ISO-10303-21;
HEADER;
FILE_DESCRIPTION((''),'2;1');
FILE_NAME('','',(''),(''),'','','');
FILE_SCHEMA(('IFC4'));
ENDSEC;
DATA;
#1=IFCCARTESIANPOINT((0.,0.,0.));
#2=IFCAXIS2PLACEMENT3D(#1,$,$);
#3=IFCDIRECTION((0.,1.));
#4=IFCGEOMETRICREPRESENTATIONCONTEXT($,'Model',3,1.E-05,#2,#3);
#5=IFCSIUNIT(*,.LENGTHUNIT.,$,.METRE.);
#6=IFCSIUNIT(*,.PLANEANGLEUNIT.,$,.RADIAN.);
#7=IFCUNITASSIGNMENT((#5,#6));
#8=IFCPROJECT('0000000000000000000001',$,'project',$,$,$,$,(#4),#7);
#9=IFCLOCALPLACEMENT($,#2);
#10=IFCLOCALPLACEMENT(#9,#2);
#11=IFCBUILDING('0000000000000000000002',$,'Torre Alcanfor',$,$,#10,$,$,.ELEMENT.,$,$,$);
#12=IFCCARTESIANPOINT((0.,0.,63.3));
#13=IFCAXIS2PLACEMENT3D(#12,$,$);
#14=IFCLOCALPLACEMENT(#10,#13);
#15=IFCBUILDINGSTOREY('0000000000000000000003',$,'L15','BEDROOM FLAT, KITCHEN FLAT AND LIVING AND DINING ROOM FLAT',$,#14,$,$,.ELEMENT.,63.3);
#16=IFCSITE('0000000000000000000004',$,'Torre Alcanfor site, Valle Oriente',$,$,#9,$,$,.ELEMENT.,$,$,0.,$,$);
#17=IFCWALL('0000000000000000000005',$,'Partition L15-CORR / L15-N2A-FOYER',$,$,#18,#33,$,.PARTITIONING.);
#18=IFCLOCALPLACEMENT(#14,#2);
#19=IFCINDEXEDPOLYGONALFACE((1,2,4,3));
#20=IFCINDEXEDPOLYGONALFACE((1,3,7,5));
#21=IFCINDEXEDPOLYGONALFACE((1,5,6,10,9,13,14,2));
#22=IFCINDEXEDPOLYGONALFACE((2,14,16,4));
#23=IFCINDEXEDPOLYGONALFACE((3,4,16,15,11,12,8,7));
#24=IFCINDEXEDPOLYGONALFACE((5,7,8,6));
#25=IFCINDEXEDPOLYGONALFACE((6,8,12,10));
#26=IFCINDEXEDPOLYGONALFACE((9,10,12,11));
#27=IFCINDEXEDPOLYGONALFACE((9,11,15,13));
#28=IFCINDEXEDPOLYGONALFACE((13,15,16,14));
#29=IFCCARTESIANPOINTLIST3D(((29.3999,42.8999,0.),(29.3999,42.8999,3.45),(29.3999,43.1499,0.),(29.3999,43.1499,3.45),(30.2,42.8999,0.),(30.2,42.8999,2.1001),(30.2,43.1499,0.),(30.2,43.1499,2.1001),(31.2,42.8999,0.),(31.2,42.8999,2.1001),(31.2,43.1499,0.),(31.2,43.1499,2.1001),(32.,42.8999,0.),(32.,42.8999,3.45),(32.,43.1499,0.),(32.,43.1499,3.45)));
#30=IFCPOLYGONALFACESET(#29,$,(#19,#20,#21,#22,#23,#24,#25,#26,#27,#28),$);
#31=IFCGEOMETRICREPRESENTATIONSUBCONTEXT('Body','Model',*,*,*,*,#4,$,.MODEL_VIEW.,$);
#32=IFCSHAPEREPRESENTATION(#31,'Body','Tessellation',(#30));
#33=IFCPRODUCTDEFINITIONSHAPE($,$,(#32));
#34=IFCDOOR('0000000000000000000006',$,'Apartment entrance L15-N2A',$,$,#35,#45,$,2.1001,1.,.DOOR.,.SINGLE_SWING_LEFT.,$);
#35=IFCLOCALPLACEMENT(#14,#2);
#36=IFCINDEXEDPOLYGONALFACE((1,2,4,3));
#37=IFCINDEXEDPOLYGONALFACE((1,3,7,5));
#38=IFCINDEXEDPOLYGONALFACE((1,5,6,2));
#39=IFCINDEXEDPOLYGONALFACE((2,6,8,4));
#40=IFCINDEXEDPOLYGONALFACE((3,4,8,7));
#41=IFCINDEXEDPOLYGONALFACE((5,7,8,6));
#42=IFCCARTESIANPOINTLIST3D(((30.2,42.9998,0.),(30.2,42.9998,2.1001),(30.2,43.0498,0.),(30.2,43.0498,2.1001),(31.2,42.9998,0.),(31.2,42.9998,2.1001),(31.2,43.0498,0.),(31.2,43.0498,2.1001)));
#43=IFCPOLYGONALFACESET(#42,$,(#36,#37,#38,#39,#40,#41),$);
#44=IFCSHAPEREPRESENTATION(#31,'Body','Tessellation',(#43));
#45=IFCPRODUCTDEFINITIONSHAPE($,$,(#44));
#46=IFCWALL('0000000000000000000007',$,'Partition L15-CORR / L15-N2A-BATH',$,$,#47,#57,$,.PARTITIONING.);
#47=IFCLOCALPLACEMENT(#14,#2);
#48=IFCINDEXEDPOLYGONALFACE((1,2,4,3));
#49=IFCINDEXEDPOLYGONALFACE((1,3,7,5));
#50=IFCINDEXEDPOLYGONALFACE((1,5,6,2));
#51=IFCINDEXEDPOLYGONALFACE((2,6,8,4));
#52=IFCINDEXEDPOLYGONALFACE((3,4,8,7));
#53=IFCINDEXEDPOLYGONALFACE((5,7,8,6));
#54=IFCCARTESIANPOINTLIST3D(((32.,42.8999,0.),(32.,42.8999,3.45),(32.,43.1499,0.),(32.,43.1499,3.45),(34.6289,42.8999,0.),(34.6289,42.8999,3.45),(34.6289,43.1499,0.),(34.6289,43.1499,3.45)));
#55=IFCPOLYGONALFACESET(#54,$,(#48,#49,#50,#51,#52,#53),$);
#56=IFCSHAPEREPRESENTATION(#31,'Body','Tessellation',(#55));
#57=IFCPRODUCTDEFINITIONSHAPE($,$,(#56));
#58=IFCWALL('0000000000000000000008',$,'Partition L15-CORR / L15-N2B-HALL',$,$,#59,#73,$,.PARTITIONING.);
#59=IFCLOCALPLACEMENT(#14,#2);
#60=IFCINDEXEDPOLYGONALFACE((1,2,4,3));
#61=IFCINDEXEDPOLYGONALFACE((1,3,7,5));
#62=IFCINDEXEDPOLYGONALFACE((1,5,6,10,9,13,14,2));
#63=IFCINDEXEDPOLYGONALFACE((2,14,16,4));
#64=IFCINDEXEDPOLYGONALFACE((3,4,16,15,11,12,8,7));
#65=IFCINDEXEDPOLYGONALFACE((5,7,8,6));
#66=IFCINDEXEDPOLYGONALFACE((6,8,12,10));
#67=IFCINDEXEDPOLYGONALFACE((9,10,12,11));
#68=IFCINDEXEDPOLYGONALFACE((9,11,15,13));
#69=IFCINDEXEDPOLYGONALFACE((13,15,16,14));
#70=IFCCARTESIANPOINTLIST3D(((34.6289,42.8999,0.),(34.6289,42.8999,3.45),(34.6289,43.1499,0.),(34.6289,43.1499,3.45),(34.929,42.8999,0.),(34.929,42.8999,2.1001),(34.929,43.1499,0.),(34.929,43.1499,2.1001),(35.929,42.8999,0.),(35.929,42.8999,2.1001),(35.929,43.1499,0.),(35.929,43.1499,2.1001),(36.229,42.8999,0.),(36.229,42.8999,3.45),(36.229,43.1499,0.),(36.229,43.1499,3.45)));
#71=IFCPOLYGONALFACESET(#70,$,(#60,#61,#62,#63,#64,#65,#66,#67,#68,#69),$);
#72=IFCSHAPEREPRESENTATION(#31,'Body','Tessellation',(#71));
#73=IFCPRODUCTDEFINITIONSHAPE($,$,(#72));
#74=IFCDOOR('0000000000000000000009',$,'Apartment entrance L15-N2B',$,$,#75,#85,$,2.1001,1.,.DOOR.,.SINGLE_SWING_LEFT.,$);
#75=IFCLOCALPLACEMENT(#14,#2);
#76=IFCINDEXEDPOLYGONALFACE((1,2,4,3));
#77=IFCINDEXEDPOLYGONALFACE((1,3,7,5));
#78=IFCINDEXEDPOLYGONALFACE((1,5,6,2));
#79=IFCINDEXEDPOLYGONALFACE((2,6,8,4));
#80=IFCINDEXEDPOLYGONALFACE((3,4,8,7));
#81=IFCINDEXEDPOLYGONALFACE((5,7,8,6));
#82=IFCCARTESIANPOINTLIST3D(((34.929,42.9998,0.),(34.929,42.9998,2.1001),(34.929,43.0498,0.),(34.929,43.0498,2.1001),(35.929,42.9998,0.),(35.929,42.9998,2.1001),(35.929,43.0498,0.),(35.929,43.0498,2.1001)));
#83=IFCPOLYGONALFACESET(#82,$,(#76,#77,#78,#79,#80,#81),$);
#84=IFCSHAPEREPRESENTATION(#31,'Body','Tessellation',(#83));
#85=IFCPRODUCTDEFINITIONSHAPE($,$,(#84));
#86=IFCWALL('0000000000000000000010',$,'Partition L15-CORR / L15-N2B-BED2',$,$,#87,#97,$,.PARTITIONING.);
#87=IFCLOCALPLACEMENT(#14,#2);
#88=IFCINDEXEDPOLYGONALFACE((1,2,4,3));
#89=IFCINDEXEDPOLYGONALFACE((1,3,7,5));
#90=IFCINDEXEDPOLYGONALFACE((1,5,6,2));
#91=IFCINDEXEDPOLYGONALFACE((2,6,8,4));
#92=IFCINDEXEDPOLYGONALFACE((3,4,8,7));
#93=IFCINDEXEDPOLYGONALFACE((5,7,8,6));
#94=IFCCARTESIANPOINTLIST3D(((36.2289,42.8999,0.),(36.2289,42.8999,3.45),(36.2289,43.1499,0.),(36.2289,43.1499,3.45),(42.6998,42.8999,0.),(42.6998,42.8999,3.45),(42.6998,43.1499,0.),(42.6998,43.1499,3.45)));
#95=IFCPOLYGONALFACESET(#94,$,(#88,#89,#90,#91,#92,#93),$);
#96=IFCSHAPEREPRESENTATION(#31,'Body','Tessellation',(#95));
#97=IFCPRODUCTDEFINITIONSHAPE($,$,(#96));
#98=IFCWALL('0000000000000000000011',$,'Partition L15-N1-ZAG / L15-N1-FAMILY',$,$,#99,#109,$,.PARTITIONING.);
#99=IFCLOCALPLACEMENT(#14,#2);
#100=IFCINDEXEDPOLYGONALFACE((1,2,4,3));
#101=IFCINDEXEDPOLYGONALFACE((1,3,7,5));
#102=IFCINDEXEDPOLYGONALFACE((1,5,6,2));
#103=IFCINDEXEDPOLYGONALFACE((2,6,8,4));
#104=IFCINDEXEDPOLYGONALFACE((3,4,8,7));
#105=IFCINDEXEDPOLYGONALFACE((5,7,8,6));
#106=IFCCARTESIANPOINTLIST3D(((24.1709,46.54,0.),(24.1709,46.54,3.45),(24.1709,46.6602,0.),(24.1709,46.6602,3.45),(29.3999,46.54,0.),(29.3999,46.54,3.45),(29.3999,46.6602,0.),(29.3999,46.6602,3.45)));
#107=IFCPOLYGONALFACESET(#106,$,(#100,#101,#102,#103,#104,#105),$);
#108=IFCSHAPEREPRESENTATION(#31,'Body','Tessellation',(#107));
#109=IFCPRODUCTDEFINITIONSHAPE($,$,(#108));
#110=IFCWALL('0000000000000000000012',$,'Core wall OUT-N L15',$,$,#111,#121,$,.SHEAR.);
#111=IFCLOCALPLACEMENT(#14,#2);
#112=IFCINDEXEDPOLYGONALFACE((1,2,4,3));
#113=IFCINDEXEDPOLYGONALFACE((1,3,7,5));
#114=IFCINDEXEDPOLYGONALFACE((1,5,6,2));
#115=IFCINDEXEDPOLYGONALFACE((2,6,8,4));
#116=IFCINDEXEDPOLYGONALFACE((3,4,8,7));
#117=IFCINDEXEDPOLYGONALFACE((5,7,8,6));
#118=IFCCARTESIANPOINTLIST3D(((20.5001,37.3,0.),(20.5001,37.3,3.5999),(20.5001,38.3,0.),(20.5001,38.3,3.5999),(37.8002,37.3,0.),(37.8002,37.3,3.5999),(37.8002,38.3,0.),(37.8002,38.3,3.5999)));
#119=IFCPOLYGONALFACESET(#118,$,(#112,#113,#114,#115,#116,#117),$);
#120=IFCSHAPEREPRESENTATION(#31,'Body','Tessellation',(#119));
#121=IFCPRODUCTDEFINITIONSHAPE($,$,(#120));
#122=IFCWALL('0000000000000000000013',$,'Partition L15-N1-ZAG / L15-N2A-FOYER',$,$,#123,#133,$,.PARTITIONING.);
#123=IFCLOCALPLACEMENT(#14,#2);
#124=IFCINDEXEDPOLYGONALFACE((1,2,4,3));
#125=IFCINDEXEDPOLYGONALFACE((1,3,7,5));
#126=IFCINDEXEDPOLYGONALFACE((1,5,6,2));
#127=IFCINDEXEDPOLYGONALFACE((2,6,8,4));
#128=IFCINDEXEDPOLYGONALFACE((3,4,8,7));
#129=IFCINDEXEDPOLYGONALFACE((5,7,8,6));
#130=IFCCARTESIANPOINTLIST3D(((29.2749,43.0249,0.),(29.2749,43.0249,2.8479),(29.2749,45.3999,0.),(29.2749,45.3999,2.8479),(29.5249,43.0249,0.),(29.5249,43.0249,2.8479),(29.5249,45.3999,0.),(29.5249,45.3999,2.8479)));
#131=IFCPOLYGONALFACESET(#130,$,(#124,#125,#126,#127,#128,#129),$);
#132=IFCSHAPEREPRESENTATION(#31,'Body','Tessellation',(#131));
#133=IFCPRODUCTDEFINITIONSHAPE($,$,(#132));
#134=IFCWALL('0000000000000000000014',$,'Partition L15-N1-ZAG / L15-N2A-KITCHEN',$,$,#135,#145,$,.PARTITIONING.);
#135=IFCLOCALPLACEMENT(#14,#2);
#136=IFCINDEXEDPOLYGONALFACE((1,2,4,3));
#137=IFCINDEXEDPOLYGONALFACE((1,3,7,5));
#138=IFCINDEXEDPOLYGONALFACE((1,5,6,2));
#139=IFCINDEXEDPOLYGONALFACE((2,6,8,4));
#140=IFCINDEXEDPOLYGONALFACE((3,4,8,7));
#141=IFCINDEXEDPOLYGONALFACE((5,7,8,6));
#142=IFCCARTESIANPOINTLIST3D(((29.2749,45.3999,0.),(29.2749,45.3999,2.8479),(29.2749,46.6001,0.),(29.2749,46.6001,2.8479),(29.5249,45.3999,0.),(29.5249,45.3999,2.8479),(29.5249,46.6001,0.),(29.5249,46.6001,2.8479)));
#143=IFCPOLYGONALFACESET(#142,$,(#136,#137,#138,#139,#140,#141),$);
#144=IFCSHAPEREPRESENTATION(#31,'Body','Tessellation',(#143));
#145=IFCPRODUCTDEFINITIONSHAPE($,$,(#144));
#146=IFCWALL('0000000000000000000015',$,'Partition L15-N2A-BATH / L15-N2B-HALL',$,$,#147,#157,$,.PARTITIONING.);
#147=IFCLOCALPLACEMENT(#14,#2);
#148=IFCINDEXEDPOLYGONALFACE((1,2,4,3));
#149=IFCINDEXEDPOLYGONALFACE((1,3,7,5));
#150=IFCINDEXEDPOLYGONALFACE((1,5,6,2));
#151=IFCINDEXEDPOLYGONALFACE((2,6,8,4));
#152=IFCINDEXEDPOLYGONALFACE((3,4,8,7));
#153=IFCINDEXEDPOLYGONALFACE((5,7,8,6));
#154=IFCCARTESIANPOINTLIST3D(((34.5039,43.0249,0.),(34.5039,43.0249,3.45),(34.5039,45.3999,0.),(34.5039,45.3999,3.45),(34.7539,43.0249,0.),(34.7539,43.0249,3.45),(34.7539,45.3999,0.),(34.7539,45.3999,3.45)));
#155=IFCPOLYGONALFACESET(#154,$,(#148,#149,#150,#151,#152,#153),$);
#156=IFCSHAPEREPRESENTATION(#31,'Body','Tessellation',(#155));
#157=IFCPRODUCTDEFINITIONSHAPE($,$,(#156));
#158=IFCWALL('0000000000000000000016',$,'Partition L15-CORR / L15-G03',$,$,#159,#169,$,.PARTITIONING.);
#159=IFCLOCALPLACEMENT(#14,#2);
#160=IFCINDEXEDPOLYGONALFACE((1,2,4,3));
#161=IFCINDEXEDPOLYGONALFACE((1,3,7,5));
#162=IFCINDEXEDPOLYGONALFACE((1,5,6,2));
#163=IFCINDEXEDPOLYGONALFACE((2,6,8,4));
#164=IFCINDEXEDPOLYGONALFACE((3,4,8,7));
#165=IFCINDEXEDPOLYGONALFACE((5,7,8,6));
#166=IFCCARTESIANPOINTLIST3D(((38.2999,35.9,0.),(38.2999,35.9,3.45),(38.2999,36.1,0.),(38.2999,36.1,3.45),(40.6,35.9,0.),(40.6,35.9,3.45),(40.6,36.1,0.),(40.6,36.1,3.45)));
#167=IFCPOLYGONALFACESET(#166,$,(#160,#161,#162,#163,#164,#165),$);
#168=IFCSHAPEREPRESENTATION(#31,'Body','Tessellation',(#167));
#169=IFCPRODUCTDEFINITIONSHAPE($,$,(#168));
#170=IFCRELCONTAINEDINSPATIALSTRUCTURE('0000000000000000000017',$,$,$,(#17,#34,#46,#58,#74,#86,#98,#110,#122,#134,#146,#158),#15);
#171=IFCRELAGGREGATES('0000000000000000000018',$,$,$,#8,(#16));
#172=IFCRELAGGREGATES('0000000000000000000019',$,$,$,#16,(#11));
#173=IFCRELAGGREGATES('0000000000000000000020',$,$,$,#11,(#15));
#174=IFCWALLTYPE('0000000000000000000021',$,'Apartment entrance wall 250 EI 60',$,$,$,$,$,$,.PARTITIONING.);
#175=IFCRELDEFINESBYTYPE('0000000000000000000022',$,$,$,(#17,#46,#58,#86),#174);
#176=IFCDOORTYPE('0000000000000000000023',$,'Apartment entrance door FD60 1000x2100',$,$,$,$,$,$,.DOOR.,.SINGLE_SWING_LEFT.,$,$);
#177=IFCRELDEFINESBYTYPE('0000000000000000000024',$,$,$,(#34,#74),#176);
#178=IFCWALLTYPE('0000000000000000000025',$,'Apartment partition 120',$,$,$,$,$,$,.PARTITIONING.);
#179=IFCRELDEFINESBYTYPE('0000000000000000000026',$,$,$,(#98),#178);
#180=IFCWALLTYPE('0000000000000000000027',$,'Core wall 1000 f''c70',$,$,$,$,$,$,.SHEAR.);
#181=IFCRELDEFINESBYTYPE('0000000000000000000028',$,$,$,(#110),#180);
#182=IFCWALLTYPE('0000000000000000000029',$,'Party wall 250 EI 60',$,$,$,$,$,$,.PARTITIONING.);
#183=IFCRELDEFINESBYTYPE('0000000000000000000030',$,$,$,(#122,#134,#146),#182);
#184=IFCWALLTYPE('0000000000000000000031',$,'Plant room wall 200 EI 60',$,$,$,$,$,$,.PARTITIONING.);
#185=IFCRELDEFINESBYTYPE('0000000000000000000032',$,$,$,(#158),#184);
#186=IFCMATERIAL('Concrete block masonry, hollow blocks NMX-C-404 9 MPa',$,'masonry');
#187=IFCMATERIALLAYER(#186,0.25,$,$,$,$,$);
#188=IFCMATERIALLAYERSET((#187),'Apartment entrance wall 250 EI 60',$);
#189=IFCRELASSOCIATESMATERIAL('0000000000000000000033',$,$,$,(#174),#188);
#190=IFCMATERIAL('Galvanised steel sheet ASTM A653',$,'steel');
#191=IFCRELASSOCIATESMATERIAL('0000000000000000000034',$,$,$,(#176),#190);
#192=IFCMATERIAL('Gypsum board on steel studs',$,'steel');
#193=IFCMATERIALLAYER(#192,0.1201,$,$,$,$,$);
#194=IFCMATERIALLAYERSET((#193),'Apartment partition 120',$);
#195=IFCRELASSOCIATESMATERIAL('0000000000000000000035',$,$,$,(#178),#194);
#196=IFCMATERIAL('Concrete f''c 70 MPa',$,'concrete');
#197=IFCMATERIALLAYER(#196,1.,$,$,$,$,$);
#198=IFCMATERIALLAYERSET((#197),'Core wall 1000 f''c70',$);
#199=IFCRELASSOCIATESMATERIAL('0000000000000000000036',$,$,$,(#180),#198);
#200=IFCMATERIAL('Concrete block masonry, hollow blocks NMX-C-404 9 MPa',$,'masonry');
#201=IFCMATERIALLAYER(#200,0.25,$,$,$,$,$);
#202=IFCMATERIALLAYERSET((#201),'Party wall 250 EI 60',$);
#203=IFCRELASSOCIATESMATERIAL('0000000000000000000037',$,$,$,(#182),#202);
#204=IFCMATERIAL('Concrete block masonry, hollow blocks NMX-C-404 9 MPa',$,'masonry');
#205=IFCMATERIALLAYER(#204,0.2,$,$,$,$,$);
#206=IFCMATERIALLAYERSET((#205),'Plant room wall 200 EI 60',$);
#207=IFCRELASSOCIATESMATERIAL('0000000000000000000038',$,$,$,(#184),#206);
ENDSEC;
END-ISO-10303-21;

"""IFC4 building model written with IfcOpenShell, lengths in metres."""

from ifc_helpers import new_model, si_unit, direction, frame, frame_2d, origin, place, context, subcontext, project, spatial, rectangle, extrude, material, layer, layer_set, type_object, element, fill, save


model = new_model("IFC4")

# Units and contexts
model_context = context("Model", 3, precision=1e-05, world=origin(), true_north=direction((0.0, 1.0)))
body_context = subcontext(model_context, "Body", "Model", "MODEL_VIEW")
ifc_project = project(units=[si_unit("LENGTHUNIT", "METRE"), si_unit("PLANEANGLEUNIT", "RADIAN")], contexts=[model_context])

# Site, building, storey
site_placement = place(None, origin())
site = spatial("IfcSite", under=ifc_project, at=site_placement, Name="Torre Alcanfor site, Valle Oriente", CompositionType="ELEMENT", RefElevation=0.0)
building_placement = place(site_placement, origin())
building = spatial("IfcBuilding", under=site, at=building_placement, Name="Torre Alcanfor", CompositionType="ELEMENT")
storey_placement = place(building_placement, frame((0.0, 0.0, 63.3)))
storey = spatial("IfcBuildingStorey", under=building, at=storey_placement, Name="L15", Description="BEDROOM FLAT, KITCHEN FLAT AND LIVING AND DINING ROOM FLAT", CompositionType="ELEMENT", Elevation=63.3)

# Wall, opening, door
ifc_material_1 = material(Name="Concrete block masonry, hollow blocks NMX-C-404 9 MPa", Category="masonry")
ifc_layer_1 = layer(ifc_material_1, 0.25)
ifc_layer_set_1 = layer_set([ifc_layer_1], Name="Apartment entrance wall 250 EI 60")
wall_type_1 = type_object("IfcWallType", Name="Apartment entrance wall 250 EI 60", PredefinedType="PARTITIONING", material=ifc_layer_set_1)
wall_1_placement = place(storey_placement, frame((29.3999, 43.0249, 0.0), z_axis=(0.0, 0.0, 1.0), x_axis=(1.0, 0.0, 0.0)))
wall_1 = element("IfcWall", 1, at=wall_1_placement, inside=storey, type_object=wall_type_1, Name="Partition L15-CORR / L15-N2A-FOYER", PredefinedType="PARTITIONING", context=body_context, shape_type="SweptSolid", body=[
    extrude(rectangle(XDim=2.6001, YDim=0.25, at=frame_2d((1.3, 0.0))), origin(), (0.0, 0.0, 1.0), 3.45),
])
opening_1_placement = place(wall_1_placement, frame((0.8, 0.0, 0.0)))
opening_1 = element("IfcOpeningElement", 2, at=opening_1_placement, cuts=wall_1, PredefinedType="OPENING", context=body_context, shape_type="SweptSolid", body=[
    extrude(rectangle(XDim=1.0, YDim=2.1001, at=frame_2d((0.5, 1.05))), frame((0.0, 0.135, 0.0), z_axis=(0.0, -1.0, 0.0), x_axis=(1.0, 0.0, 0.0)), (0.0, 0.0, 1.0), 0.27),
])
ifc_material_2 = material(Name="Galvanised steel sheet ASTM A653", Category="steel")
door_type_1 = type_object("IfcDoorType", Name="Apartment entrance door FD60 1000x2100", OperationType="SINGLE_SWING_LEFT", PredefinedType="DOOR", material=ifc_material_2)
door_1_placement = place(opening_1_placement, origin())
door_1 = element("IfcDoor", 3, at=door_1_placement, inside=storey, type_object=door_type_1, Name="Apartment entrance L15-N2A", OperationType="SINGLE_SWING_LEFT", OverallHeight=2.1001, OverallWidth=1.0, PredefinedType="DOOR", context=body_context, shape_type="SweptSolid", body=[
    extrude(rectangle(XDim=1.0, YDim=2.1001, at=frame_2d((0.5, 1.05))), frame((0.0, 0.0249, 0.0), z_axis=(0.0, -1.0, 0.0), x_axis=(1.0, 0.0, 0.0)), (0.0, 0.0, 1.0), 0.05),
])
fill(opening_1, door_1)

# Wall
wall_2_placement = place(storey_placement, frame((32.0, 43.0249, 0.0), z_axis=(0.0, 0.0, 1.0), x_axis=(1.0, 0.0, 0.0)))
element("IfcWall", 4, at=wall_2_placement, inside=storey, type_object=wall_type_1, Name="Partition L15-CORR / L15-N2A-BATH", PredefinedType="PARTITIONING", context=body_context, shape_type="SweptSolid", body=[
    extrude(rectangle(XDim=2.6289, YDim=0.25, at=frame_2d((1.3145, 0.0))), origin(), (0.0, 0.0, 1.0), 3.45),
])

# Wall, opening, door
wall_3_placement = place(storey_placement, frame((34.6289, 43.0249, 0.0), z_axis=(0.0, 0.0, 1.0), x_axis=(1.0, 0.0, 0.0)))
wall_3 = element("IfcWall", 5, at=wall_3_placement, inside=storey, type_object=wall_type_1, Name="Partition L15-CORR / L15-N2B-HALL", PredefinedType="PARTITIONING", context=body_context, shape_type="SweptSolid", body=[
    extrude(rectangle(XDim=1.6001, YDim=0.25, at=frame_2d((0.8, 0.0))), origin(), (0.0, 0.0, 1.0), 3.45),
])
opening_2_placement = place(wall_3_placement, frame((0.3, 0.0, 0.0)))
opening_2 = element("IfcOpeningElement", 6, at=opening_2_placement, cuts=wall_3, PredefinedType="OPENING", context=body_context, shape_type="SweptSolid", body=[
    extrude(rectangle(XDim=1.0, YDim=2.1001, at=frame_2d((0.5, 1.05))), frame((0.0, 0.135, 0.0), z_axis=(0.0, -1.0, 0.0), x_axis=(1.0, 0.0, 0.0)), (0.0, 0.0, 1.0), 0.27),
])
door_2_placement = place(opening_2_placement, origin())
door_2 = element("IfcDoor", 7, at=door_2_placement, inside=storey, type_object=door_type_1, Name="Apartment entrance L15-N2B", OperationType="SINGLE_SWING_LEFT", OverallHeight=2.1001, OverallWidth=1.0, PredefinedType="DOOR", context=body_context, shape_type="SweptSolid", body=[
    extrude(rectangle(XDim=1.0, YDim=2.1001, at=frame_2d((0.5, 1.05))), frame((0.0, 0.0249, 0.0), z_axis=(0.0, -1.0, 0.0), x_axis=(1.0, 0.0, 0.0)), (0.0, 0.0, 1.0), 0.05),
])
fill(opening_2, door_2)

# Walls
wall_4_placement = place(storey_placement, frame((36.229, 43.0249, 0.0), z_axis=(0.0, 0.0, 1.0), x_axis=(1.0, 0.0, 0.0)))
element("IfcWall", 8, at=wall_4_placement, inside=storey, type_object=wall_type_1, Name="Partition L15-CORR / L15-N2B-BED2", PredefinedType="PARTITIONING", context=body_context, shape_type="SweptSolid", body=[
    extrude(rectangle(XDim=6.4709, YDim=0.25, at=frame_2d((3.2354, 0.0))), origin(), (0.0, 0.0, 1.0), 3.45),
])
ifc_material_3 = material(Name="Gypsum board on steel studs", Category="steel")
ifc_layer_2 = layer(ifc_material_3, 0.1201)
ifc_layer_set_2 = layer_set([ifc_layer_2], Name="Apartment partition 120")
wall_type_2 = type_object("IfcWallType", Name="Apartment partition 120", PredefinedType="PARTITIONING", material=ifc_layer_set_2)
wall_5_placement = place(storey_placement, frame((29.3999, 46.6001, 0.0), z_axis=(0.0, 0.0, 1.0), x_axis=(-1.0, 0.0, 0.0)))
element("IfcWall", 9, at=wall_5_placement, inside=storey, type_object=wall_type_2, Name="Partition L15-N1-ZAG / L15-N1-FAMILY", PredefinedType="PARTITIONING", context=body_context, shape_type="SweptSolid", body=[
    extrude(rectangle(XDim=5.229, YDim=0.1201, at=frame_2d((2.6145, 0.0))), origin(), (0.0, 0.0, 1.0), 3.45),
])
ifc_material_4 = material(Name="Concrete f'c 70 MPa", Category="concrete")
ifc_layer_3 = layer(ifc_material_4, 1.0)
ifc_layer_set_3 = layer_set([ifc_layer_3], Name="Core wall 1000 f'c70")
wall_type_3 = type_object("IfcWallType", Name="Core wall 1000 f'c70", PredefinedType="SHEAR", material=ifc_layer_set_3)
wall_6_placement = place(storey_placement, frame((37.8, 37.8, 0.0), z_axis=(0.0, 0.0, 1.0), x_axis=(-1.0, 0.0, 0.0)))
element("IfcWall", 10, at=wall_6_placement, inside=storey, type_object=wall_type_3, Name="Core wall OUT-N L15", PredefinedType="SHEAR", context=body_context, shape_type="SweptSolid", body=[
    extrude(rectangle(XDim=17.3, YDim=1.0, at=frame_2d((8.6499, 0.0))), origin(), (0.0, 0.0, 1.0), 3.5999),
])
ifc_material_5 = material(Name="Concrete block masonry, hollow blocks NMX-C-404 9 MPa", Category="masonry")
ifc_layer_4 = layer(ifc_material_5, 0.25)
ifc_layer_set_4 = layer_set([ifc_layer_4], Name="Party wall 250 EI 60")
wall_type_4 = type_object("IfcWallType", Name="Party wall 250 EI 60", PredefinedType="PARTITIONING", material=ifc_layer_set_4)
wall_7_placement = place(storey_placement, frame((29.3999, 43.0249, 0.0), z_axis=(0.0, 0.0, 1.0), x_axis=(0.0, 1.0, 0.0)))
element("IfcWall", 11, at=wall_7_placement, inside=storey, type_object=wall_type_4, Name="Partition L15-N1-ZAG / L15-N2A-FOYER", PredefinedType="PARTITIONING", context=body_context, shape_type="SweptSolid", body=[
    extrude(rectangle(XDim=2.375, YDim=0.25, at=frame_2d((1.1875, 0.0))), origin(), (0.0, 0.0, 1.0), 2.8479),
])
wall_8_placement = place(storey_placement, frame((29.3999, 45.3999, 0.0), z_axis=(0.0, 0.0, 1.0), x_axis=(0.0, 1.0, 0.0)))
element("IfcWall", 12, at=wall_8_placement, inside=storey, type_object=wall_type_4, Name="Partition L15-N1-ZAG / L15-N2A-KITCHEN", PredefinedType="PARTITIONING", context=body_context, shape_type="SweptSolid", body=[
    extrude(rectangle(XDim=1.2002, YDim=0.25, at=frame_2d((0.6001, 0.0))), origin(), (0.0, 0.0, 1.0), 2.8479),
])
wall_9_placement = place(storey_placement, frame((34.6289, 45.3999, 0.0), z_axis=(0.0, 0.0, 1.0), x_axis=(0.0, -1.0, 0.0)))
element("IfcWall", 13, at=wall_9_placement, inside=storey, type_object=wall_type_4, Name="Partition L15-N2A-BATH / L15-N2B-HALL", PredefinedType="PARTITIONING", context=body_context, shape_type="SweptSolid", body=[
    extrude(rectangle(XDim=2.375, YDim=0.25, at=frame_2d((1.1875, 0.0))), origin(), (0.0, 0.0, 1.0), 3.45),
])
ifc_material_6 = material(Name="Concrete block masonry, hollow blocks NMX-C-404 9 MPa", Category="masonry")
ifc_layer_5 = layer(ifc_material_6, 0.2)
ifc_layer_set_5 = layer_set([ifc_layer_5], Name="Plant room wall 200 EI 60")
wall_type_5 = type_object("IfcWallType", Name="Plant room wall 200 EI 60", PredefinedType="PARTITIONING", material=ifc_layer_set_5)
wall_10_placement = place(storey_placement, frame((38.3, 36.0, 0.0), z_axis=(0.0, 0.0, 1.0), x_axis=(1.0, 0.0, 0.0)))
element("IfcWall", 14, at=wall_10_placement, inside=storey, type_object=wall_type_5, Name="Partition L15-CORR / L15-G03", PredefinedType="PARTITIONING", context=body_context, shape_type="SweptSolid", body=[
    extrude(rectangle(XDim=2.3, YDim=0.2, at=frame_2d((1.1499, 0.0))), origin(), (0.0, 0.0, 1.0), 3.45),
])

save(model, "model.ifc")
